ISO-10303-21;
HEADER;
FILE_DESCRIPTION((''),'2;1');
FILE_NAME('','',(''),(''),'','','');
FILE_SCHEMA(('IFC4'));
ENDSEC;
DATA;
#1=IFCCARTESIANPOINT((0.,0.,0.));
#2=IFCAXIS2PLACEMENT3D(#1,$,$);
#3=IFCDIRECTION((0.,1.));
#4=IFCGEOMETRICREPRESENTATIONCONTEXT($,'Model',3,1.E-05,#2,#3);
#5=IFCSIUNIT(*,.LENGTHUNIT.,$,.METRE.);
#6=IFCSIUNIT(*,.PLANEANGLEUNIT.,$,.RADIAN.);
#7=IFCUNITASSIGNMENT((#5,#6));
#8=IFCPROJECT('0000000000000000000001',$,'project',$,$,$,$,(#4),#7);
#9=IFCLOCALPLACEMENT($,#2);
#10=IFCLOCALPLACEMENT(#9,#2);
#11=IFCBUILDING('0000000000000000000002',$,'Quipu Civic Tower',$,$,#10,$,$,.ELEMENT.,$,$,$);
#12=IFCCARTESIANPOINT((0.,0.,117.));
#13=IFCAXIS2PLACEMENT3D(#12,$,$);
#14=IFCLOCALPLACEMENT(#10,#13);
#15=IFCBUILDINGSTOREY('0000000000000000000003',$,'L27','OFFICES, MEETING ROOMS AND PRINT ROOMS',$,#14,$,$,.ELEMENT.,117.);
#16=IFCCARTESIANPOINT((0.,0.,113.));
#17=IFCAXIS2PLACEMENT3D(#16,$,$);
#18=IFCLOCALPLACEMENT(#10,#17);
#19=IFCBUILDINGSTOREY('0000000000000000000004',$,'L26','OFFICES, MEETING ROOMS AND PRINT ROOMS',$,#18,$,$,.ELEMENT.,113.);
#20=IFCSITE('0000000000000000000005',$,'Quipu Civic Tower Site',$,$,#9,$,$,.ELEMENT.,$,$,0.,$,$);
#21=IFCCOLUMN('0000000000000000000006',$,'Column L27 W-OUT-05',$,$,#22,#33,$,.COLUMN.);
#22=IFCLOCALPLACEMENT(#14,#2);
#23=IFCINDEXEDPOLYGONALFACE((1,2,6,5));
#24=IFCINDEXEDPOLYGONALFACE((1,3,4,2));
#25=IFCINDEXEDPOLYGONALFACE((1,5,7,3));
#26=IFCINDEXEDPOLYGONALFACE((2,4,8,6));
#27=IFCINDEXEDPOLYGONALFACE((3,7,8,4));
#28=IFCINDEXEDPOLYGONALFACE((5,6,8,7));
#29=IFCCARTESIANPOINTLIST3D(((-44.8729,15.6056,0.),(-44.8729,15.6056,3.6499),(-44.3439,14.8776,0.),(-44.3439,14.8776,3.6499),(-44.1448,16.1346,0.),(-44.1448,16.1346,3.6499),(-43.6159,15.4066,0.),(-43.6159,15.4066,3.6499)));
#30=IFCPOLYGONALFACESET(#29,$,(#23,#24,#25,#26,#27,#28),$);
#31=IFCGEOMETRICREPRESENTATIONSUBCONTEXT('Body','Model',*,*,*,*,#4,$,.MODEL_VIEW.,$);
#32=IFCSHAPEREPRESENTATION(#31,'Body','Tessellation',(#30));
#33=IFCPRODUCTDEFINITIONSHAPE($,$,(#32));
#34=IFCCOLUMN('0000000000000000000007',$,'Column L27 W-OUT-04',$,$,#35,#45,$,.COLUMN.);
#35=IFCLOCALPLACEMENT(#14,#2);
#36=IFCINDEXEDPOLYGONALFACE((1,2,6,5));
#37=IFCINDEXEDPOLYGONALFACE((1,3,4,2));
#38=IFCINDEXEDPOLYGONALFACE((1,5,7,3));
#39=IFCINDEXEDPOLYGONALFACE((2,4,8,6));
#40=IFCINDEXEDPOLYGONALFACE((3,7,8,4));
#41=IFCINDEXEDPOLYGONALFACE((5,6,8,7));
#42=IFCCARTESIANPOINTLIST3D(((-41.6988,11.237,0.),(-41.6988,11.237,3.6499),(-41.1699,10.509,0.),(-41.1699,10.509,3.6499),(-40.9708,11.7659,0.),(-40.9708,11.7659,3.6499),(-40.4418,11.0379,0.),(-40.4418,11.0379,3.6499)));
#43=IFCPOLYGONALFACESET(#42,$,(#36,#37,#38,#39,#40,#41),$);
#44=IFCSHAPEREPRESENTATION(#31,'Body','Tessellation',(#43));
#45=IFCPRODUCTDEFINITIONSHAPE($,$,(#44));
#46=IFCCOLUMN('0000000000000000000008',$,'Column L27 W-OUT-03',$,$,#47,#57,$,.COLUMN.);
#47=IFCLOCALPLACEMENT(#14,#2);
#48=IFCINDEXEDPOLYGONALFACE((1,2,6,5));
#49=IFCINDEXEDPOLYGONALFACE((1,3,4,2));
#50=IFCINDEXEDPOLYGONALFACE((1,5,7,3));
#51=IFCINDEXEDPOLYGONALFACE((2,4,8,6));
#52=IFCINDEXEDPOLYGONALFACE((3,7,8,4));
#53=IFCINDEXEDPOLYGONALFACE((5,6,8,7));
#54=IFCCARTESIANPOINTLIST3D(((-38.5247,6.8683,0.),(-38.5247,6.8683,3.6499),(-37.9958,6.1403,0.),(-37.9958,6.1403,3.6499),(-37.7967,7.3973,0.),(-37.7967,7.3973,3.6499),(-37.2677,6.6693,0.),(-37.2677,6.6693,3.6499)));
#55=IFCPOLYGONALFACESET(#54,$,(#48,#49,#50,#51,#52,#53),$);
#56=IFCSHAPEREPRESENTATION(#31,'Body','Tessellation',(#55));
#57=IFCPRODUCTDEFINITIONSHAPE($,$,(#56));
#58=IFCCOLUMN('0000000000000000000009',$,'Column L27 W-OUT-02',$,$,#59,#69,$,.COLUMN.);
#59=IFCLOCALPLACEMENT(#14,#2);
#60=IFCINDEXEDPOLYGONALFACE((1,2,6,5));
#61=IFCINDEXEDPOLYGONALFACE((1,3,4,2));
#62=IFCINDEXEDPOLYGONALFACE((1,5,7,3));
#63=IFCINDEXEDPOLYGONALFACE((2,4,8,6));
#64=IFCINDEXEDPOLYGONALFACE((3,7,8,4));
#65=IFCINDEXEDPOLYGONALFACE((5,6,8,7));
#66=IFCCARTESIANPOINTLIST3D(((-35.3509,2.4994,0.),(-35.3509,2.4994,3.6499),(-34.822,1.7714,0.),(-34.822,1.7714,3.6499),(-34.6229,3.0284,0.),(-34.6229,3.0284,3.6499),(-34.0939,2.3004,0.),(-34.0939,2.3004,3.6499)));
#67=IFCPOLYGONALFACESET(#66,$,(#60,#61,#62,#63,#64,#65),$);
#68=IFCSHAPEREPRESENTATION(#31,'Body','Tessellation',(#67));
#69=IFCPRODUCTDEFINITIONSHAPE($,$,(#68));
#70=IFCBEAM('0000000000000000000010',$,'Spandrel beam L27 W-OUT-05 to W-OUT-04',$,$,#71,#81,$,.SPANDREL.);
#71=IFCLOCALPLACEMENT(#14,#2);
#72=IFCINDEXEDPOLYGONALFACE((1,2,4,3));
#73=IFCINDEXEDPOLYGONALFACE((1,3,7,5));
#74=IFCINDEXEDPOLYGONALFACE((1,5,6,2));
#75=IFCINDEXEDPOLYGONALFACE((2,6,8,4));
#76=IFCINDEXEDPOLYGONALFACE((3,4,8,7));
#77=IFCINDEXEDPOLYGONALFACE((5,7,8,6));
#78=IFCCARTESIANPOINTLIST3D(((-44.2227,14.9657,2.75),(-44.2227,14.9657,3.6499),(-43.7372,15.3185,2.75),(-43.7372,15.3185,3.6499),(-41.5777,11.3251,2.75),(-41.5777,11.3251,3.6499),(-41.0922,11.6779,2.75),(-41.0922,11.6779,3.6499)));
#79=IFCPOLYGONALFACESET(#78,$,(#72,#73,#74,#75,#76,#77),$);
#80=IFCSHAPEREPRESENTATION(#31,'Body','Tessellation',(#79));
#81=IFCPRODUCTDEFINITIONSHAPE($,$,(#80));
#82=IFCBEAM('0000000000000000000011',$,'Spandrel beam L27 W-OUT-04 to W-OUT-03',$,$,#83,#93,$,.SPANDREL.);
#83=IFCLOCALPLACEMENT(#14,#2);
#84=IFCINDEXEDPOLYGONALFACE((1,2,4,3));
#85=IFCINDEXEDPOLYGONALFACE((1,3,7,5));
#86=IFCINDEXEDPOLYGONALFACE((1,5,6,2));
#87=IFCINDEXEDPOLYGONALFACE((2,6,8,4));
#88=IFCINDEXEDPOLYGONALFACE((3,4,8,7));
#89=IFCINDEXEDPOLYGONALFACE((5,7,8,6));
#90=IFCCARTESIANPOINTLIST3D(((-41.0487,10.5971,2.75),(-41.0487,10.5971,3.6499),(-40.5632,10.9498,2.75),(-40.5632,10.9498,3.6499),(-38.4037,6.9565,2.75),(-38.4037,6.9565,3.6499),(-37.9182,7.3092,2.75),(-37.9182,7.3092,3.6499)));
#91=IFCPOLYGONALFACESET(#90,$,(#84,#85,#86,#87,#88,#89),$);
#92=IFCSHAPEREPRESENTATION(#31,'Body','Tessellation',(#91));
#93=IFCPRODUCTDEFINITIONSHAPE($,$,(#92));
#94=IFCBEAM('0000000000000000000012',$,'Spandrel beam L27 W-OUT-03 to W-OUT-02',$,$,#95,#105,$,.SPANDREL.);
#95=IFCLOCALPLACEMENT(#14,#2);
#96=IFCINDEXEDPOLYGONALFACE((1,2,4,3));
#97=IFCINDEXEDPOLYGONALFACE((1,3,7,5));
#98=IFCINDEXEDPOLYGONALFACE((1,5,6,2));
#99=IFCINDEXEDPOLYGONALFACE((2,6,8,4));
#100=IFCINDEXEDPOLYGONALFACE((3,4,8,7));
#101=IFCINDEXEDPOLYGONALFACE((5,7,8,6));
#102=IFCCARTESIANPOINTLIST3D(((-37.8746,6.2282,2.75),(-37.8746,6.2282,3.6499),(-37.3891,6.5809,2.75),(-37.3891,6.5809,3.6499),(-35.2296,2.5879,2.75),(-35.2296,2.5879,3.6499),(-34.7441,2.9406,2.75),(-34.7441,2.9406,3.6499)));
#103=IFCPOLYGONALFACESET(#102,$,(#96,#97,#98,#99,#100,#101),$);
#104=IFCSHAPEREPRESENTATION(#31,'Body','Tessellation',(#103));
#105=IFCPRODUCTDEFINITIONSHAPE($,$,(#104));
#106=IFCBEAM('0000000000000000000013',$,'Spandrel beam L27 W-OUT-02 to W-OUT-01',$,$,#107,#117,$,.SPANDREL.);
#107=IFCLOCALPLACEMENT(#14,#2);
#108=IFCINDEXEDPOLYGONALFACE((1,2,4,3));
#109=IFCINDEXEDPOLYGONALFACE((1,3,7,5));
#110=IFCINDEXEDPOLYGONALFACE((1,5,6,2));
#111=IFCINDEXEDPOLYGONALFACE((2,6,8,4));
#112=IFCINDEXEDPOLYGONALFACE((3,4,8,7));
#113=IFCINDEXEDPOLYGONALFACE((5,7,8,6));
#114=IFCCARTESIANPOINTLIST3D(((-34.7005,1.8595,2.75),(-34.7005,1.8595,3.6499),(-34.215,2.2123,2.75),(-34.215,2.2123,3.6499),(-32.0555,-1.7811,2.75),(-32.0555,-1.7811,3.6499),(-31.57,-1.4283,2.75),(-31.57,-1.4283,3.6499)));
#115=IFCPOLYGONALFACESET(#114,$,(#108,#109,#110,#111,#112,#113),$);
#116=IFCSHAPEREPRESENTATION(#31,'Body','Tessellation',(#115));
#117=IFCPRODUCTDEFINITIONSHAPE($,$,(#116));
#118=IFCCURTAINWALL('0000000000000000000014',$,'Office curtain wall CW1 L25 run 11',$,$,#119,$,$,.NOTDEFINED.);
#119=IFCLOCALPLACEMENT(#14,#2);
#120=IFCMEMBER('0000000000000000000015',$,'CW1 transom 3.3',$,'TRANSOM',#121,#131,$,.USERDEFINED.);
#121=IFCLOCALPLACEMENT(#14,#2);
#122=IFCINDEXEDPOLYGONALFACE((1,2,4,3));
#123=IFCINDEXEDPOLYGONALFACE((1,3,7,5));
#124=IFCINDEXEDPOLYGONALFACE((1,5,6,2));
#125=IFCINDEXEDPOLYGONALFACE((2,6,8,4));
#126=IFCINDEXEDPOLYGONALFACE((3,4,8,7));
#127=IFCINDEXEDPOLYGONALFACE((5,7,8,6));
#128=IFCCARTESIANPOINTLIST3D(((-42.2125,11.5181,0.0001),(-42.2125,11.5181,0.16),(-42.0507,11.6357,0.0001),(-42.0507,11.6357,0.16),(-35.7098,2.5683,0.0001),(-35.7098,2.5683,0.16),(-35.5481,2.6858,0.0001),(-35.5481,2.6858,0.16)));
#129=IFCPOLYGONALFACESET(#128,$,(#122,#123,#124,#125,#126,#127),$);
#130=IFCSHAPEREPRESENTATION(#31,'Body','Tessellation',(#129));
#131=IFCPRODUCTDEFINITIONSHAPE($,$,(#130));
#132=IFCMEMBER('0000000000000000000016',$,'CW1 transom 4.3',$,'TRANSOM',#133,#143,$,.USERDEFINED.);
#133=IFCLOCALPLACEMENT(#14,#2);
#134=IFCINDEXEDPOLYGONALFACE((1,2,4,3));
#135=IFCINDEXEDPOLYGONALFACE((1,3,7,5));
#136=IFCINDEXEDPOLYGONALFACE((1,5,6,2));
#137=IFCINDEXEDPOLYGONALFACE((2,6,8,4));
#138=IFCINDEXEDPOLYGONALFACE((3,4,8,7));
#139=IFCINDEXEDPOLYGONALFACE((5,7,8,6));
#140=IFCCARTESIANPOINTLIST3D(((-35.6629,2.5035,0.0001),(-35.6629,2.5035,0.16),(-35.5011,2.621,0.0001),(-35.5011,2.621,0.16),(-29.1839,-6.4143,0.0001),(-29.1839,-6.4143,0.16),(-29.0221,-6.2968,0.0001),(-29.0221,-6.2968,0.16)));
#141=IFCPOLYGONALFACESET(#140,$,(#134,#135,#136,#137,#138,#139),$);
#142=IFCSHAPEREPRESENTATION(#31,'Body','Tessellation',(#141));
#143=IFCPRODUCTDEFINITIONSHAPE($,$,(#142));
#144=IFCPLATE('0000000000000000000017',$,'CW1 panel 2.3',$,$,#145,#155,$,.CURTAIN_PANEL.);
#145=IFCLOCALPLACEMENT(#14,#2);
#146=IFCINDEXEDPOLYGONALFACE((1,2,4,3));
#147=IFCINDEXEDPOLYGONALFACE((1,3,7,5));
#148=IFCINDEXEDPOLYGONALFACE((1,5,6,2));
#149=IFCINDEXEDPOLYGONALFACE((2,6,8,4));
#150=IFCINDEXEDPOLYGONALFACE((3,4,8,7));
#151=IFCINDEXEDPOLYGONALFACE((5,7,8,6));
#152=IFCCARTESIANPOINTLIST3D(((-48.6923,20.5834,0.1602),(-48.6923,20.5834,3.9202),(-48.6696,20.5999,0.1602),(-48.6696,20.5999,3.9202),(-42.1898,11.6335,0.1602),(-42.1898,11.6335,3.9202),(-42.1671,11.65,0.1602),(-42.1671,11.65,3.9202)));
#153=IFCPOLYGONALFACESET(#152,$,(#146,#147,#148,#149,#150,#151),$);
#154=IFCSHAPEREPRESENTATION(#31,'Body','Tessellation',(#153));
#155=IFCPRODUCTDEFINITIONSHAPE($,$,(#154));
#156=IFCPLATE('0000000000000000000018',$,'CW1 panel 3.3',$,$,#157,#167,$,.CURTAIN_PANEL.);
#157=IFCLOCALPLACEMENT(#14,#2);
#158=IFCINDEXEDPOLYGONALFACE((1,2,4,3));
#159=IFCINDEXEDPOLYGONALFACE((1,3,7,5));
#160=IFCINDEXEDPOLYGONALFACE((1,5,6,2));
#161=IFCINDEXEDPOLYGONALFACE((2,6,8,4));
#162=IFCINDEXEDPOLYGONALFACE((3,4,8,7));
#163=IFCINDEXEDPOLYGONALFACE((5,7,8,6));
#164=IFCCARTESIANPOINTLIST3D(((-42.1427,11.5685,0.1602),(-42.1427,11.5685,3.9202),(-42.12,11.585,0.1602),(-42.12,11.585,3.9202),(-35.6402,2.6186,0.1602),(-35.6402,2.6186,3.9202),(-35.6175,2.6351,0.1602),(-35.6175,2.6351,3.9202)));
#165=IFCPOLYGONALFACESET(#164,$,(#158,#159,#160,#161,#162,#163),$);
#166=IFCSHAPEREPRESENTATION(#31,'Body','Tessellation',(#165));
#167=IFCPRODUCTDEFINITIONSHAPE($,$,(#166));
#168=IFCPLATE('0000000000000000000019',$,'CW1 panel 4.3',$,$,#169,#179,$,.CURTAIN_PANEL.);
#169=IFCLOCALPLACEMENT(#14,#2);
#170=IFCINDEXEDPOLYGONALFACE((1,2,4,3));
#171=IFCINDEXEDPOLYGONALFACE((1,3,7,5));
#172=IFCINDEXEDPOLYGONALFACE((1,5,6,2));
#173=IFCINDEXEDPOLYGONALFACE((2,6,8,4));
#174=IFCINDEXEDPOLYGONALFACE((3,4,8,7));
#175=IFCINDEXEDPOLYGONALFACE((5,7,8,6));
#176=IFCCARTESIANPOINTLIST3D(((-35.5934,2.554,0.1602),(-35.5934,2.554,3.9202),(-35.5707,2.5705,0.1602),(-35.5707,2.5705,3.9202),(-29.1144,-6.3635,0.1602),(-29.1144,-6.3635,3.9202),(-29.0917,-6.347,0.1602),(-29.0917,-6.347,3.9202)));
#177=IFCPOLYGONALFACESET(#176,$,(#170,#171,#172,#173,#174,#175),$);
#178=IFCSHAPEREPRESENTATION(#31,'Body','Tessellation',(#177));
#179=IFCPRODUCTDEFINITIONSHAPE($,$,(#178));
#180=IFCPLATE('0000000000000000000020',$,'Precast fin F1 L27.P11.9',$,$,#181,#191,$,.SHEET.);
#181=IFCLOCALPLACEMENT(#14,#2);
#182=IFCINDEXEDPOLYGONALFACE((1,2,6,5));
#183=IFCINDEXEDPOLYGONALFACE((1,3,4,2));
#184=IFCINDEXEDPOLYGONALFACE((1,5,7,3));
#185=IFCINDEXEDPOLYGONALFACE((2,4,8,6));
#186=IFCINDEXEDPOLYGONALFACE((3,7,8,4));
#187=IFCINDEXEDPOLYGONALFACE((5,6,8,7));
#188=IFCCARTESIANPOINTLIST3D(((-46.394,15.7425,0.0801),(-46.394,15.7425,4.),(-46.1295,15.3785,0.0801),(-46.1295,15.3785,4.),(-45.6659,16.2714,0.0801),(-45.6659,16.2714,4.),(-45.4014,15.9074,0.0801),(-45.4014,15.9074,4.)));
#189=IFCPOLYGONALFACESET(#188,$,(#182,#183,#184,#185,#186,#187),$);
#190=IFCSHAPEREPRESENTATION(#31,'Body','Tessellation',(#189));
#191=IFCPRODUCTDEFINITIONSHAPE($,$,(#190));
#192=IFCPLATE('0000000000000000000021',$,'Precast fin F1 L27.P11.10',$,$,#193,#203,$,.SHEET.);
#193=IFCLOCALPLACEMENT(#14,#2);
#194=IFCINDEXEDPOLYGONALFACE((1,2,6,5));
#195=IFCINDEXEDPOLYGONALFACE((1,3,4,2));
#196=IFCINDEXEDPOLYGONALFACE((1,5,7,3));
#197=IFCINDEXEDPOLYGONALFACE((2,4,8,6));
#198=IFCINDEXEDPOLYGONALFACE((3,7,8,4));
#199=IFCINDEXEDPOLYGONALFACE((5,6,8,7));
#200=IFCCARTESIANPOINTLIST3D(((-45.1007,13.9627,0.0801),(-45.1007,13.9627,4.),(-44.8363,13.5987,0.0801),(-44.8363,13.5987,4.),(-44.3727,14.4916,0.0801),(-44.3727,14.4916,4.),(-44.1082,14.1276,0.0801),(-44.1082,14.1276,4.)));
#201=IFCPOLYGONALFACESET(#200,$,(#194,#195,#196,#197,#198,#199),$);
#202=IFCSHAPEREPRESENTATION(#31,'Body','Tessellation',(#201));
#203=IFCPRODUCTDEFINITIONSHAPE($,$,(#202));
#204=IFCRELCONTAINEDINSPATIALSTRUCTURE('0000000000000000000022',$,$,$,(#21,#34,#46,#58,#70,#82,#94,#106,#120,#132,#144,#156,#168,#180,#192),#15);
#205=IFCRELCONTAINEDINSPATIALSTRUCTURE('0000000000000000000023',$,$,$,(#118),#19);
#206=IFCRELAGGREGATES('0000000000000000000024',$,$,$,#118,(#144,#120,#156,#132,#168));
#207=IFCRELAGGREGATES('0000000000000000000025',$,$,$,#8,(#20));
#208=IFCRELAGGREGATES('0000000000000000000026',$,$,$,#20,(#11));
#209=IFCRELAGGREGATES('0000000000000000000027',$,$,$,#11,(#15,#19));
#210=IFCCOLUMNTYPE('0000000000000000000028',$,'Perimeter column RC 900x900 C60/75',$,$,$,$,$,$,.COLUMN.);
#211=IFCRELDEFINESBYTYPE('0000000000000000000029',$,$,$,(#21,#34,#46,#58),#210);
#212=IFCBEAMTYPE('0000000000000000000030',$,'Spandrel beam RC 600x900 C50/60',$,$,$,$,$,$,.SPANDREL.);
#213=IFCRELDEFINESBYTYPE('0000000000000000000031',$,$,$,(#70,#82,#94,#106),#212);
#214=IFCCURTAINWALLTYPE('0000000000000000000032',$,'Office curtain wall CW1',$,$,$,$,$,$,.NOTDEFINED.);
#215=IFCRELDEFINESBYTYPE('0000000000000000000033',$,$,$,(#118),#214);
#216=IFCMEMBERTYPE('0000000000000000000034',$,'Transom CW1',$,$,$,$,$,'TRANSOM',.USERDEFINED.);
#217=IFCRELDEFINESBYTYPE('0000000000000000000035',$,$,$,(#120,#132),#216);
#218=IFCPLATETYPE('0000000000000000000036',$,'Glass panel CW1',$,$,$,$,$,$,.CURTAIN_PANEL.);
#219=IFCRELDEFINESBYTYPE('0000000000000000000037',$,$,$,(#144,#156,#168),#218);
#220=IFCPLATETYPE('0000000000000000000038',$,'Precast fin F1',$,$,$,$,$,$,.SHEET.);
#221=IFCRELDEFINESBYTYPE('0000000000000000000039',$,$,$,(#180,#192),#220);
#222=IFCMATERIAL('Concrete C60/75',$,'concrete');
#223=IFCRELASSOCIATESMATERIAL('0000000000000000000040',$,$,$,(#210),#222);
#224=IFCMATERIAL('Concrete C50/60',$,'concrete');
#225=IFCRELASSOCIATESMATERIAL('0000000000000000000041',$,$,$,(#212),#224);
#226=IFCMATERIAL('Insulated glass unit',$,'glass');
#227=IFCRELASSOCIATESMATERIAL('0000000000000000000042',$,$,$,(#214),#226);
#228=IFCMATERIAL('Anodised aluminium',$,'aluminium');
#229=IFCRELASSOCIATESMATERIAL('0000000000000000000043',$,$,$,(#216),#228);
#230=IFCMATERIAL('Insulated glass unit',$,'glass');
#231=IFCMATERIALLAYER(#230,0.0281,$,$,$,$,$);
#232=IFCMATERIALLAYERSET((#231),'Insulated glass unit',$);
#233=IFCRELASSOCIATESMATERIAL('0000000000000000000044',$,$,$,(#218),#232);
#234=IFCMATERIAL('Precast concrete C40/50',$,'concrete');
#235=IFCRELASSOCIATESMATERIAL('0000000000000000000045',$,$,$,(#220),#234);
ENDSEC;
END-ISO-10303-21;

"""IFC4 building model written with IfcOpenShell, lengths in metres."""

from ifc_helpers import new_model, si_unit, direction, frame, origin, origin_2d, place, context, subcontext, project, spatial, rectangle, extrude, material, layer, layer_set, material_profile, profile_set, type_object, element, aggregate, save


model = new_model("IFC4")

# Units and contexts
model_context = context("Model", 3, precision=1e-05, world=origin(), true_north=direction((0.0, 1.0)))
body_context = subcontext(model_context, "Body", "Model", "MODEL_VIEW")
ifc_project = project(units=[si_unit("LENGTHUNIT", "METRE"), si_unit("PLANEANGLEUNIT", "RADIAN")], contexts=[model_context])

# Site, building, storey
site_placement = place(None, origin())
site = spatial("IfcSite", under=ifc_project, at=site_placement, Name="Quipu Civic Tower Site", CompositionType="ELEMENT", RefElevation=0.0)
building_placement = place(site_placement, origin())
building = spatial("IfcBuilding", under=site, at=building_placement, Name="Quipu Civic Tower", CompositionType="ELEMENT")
storey_1_placement = place(building_placement, frame((0.0, 0.0, 117.0)))
storey_1 = spatial("IfcBuildingStorey", under=building, at=storey_1_placement, Name="L27", Description="OFFICES, MEETING ROOMS AND PRINT ROOMS", CompositionType="ELEMENT", Elevation=117.0)

# Columns
ifc_material_1 = material(Name="Concrete C60/75", Category="concrete")
ifc_material_profile_1 = material_profile(ifc_material_1, rectangle(XDim=0.8999, YDim=0.8999, at=origin_2d()), Name="RC900x900")
ifc_profile_set_1 = profile_set([ifc_material_profile_1], Name="Concrete C60/75")
column_type = type_object("IfcColumnType", Name="Perimeter column RC 900x900 C60/75", PredefinedType="COLUMN", material=ifc_profile_set_1)
for number, where, z_axis, x_axis, name in (
    (1, (-44.2444, 15.5061, 0.0), (0.0, 0.0, 1.0), (0.587785, -0.809017, 0.0), "Column L27 W-OUT-05"),
    (2, (-41.0703, 11.1375, 0.0), (0.0, 0.0, 1.0), (0.587785, -0.809017, 0.0), "Column L27 W-OUT-04"),
    (3, (-37.8962, 6.7688, 0.0), (0.0, 0.0, 1.0), (0.587785, -0.809017, 0.0), "Column L27 W-OUT-03"),
    (4, (-34.7224, 2.3999, 0.0), (0.0, 0.0, 1.0), (0.587785, -0.809017, 0.0), "Column L27 W-OUT-02"),
):
    element("IfcColumn", number, at=place(storey_1_placement, frame(where, z_axis=z_axis, x_axis=x_axis)), inside=storey_1, type_object=column_type, Name=name, PredefinedType="COLUMN", context=body_context, shape_type="SweptSolid", body=[
        extrude(rectangle(XDim=0.8999, YDim=0.8999, at=origin_2d()), origin(), (0.0, 0.0, 1.0), 3.6499),
    ])

# Beams
ifc_material_2 = material(Name="Concrete C50/60", Category="concrete")
ifc_material_profile_2 = material_profile(ifc_material_2, rectangle(XDim=0.6001, YDim=0.8999, at=origin_2d()), Name="RC600x900")
ifc_profile_set_2 = profile_set([ifc_material_profile_2], Name="Concrete C50/60")
beam_type = type_object("IfcBeamType", Name="Spandrel beam RC 600x900 C50/60", PredefinedType="SPANDREL", material=ifc_profile_set_2)
for number, where, z_axis, x_axis, name in (
    (5, (-43.98, 15.1421, 3.2), (0.587778, -0.809022, 0.0), (0.809022, 0.587778, 0.0), "Spandrel beam L27 W-OUT-05 to W-OUT-04"),
    (6, (-40.8059, 10.7734, 3.2), (0.587778, -0.809022, 0.0), (0.809022, 0.587778, 0.0), "Spandrel beam L27 W-OUT-04 to W-OUT-03"),
):
    element("IfcBeam", number, at=place(storey_1_placement, frame(where, z_axis=z_axis, x_axis=x_axis)), inside=storey_1, type_object=beam_type, Name=name, PredefinedType="SPANDREL", context=body_context, shape_type="SweptSolid", body=[
        extrude(rectangle(XDim=0.6001, YDim=0.8999, at=origin_2d()), origin(), (0.0, 0.0, 1.0), 4.5),
    ])
beam_1_placement = place(storey_1_placement, frame((-37.6318, 6.4045, 3.2), z_axis=(0.587804, -0.809003, 0.0), x_axis=(0.809003, 0.587804, 0.0)))
element("IfcBeam", 7, at=beam_1_placement, inside=storey_1, type_object=beam_type, Name="Spandrel beam L27 W-OUT-03 to W-OUT-02", PredefinedType="SPANDREL", context=body_context, shape_type="SweptSolid", body=[
    extrude(rectangle(XDim=0.6001, YDim=0.8999, at=origin_2d()), origin(), (0.0, 0.0, 1.0), 4.4998),
])
beam_2_placement = place(storey_1_placement, frame((-34.4578, 2.0359, 3.2), z_axis=(0.587778, -0.809022, 0.0), x_axis=(0.809022, 0.587778, 0.0)))
element("IfcBeam", 8, at=beam_2_placement, inside=storey_1, type_object=beam_type, Name="Spandrel beam L27 W-OUT-02 to W-OUT-01", PredefinedType="SPANDREL", context=body_context, shape_type="SweptSolid", body=[
    extrude(rectangle(XDim=0.6001, YDim=0.8999, at=origin_2d()), origin(), (0.0, 0.0, 1.0), 4.5),
])

# Shared definitions
storey_2_placement = place(building_placement, frame((0.0, 0.0, 113.0)))
storey_2 = spatial("IfcBuildingStorey", under=building, at=storey_2_placement, Name="L26", Description="OFFICES, MEETING ROOMS AND PRINT ROOMS", CompositionType="ELEMENT", Elevation=113.0)

# Curtain wall, members, plates
ifc_material_3 = material(Name="Insulated glass unit", Category="glass")
curtain_wall_type = type_object("IfcCurtainWallType", Name="Office curtain wall CW1", PredefinedType="NOTDEFINED", material=ifc_material_3)
curtain_wall_placement = place(storey_2_placement, origin())
curtain_wall = element("IfcCurtainWall", 9, at=curtain_wall_placement, inside=storey_2, type_object=curtain_wall_type, Name="Office curtain wall CW1 L25 run 11", PredefinedType="NOTDEFINED")
ifc_material_4 = material(Name="Anodised aluminium", Category="aluminium")
ifc_material_profile_3 = material_profile(ifc_material_4, rectangle(XDim=0.2, YDim=0.1599, at=origin_2d()), Name="RECT 200x160")
ifc_profile_set_3 = profile_set([ifc_material_profile_3], Name="Anodised aluminium")
member_type = type_object("IfcMemberType", Name="Transom CW1", ElementType="TRANSOM", PredefinedType="USERDEFINED", material=ifc_profile_set_3)
member_1_placement = place(storey_1_placement, frame((-42.1316, 11.5769, 0.0801), z_axis=(0.587795, -0.80901, 0.0), x_axis=(0.80901, 0.587795, 0.0)))
member_1 = element("IfcMember", 10, at=member_1_placement, inside=storey_1, type_object=member_type, Name="CW1 transom 3.3", ObjectType="TRANSOM", PredefinedType="USERDEFINED", context=body_context, shape_type="SweptSolid", body=[
    extrude(rectangle(XDim=0.2, YDim=0.1599, at=origin_2d()), origin(), (0.0, 0.0, 1.0), 11.0627),
])
member_2_placement = place(storey_1_placement, frame((-35.582, 2.5623, 0.0801), z_axis=(0.587779, -0.809021, 0.0), x_axis=(0.809021, 0.587779, 0.0)))
member_2 = element("IfcMember", 11, at=member_2_placement, inside=storey_1, type_object=member_type, Name="CW1 transom 4.3", ObjectType="TRANSOM", PredefinedType="USERDEFINED", context=body_context, shape_type="SweptSolid", body=[
    extrude(rectangle(XDim=0.2, YDim=0.1599, at=origin_2d()), origin(), (0.0, 0.0, 1.0), 11.0229),
])
ifc_material_5 = material(Name="Insulated glass unit", Category="glass")
ifc_layer = layer(ifc_material_5, 0.0281)
ifc_layer_set = layer_set([ifc_layer], Name="Insulated glass unit")
plate_type_1 = type_object("IfcPlateType", Name="Glass panel CW1", PredefinedType="CURTAIN_PANEL", material=ifc_layer_set)
plate_1_placement = place(storey_1_placement, frame((-45.4297, 16.1167, 0.1602), z_axis=(0.0, 0.0, 1.0), x_axis=(0.587786, -0.809017, 0.0)))
plate_1 = element("IfcPlate", 12, at=plate_1_placement, inside=storey_1, type_object=plate_type_1, Name="CW1 panel 2.3", PredefinedType="CURTAIN_PANEL", context=body_context, shape_type="SweptSolid", body=[
    extrude(rectangle(XDim=11.0627, YDim=0.0281, at=origin_2d()), origin(), (0.0, 0.0, 1.0), 3.76),
])
plate_2_placement = place(storey_1_placement, frame((-38.8801, 7.1018, 0.1602), z_axis=(0.0, 0.0, 1.0), x_axis=(0.587786, -0.809017, 0.0)))
plate_2 = element("IfcPlate", 13, at=plate_2_placement, inside=storey_1, type_object=plate_type_1, Name="CW1 panel 3.3", PredefinedType="CURTAIN_PANEL", context=body_context, shape_type="SweptSolid", body=[
    extrude(rectangle(XDim=11.0627, YDim=0.0281, at=origin_2d()), origin(), (0.0, 0.0, 1.0), 3.76),
])
plate_3_placement = place(storey_1_placement, frame((-32.3425, -1.8965, 0.1602), z_axis=(0.0, 0.0, 1.0), x_axis=(0.587786, -0.809017, 0.0)))
plate_3 = element("IfcPlate", 14, at=plate_3_placement, inside=storey_1, type_object=plate_type_1, Name="CW1 panel 4.3", PredefinedType="CURTAIN_PANEL", context=body_context, shape_type="SweptSolid", body=[
    extrude(rectangle(XDim=11.0227, YDim=0.0281, at=origin_2d()), origin(), (0.0, 0.0, 1.0), 3.76),
])
aggregate(curtain_wall, [plate_1, member_1, plate_2, member_2, plate_3])

# Plates
ifc_material_6 = material(Name="Precast concrete C40/50", Category="concrete")
plate_type_2 = type_object("IfcPlateType", Name="Precast fin F1", PredefinedType="SHEET", material=ifc_material_6)
for number, where, z_axis, x_axis, name in (
    (15, (-45.8977, 15.825, 0.0801), (0.0, 0.0, 1.0), (0.587786, -0.809017, 0.0), "Precast fin F1 L27.P11.9"),
    (16, (-44.6045, 14.0452, 0.0801), (0.0, 0.0, 1.0), (0.587786, -0.809017, 0.0), "Precast fin F1 L27.P11.10"),
):
    element("IfcPlate", number, at=place(storey_1_placement, frame(where, z_axis=z_axis, x_axis=x_axis)), inside=storey_1, type_object=plate_type_2, Name=name, PredefinedType="SHEET", context=body_context, shape_type="SweptSolid", body=[
        extrude(rectangle(XDim=0.45, YDim=0.8999, at=origin_2d()), origin(), (0.0, 0.0, 1.0), 3.9199),
    ])

save(model, "model.ifc")
